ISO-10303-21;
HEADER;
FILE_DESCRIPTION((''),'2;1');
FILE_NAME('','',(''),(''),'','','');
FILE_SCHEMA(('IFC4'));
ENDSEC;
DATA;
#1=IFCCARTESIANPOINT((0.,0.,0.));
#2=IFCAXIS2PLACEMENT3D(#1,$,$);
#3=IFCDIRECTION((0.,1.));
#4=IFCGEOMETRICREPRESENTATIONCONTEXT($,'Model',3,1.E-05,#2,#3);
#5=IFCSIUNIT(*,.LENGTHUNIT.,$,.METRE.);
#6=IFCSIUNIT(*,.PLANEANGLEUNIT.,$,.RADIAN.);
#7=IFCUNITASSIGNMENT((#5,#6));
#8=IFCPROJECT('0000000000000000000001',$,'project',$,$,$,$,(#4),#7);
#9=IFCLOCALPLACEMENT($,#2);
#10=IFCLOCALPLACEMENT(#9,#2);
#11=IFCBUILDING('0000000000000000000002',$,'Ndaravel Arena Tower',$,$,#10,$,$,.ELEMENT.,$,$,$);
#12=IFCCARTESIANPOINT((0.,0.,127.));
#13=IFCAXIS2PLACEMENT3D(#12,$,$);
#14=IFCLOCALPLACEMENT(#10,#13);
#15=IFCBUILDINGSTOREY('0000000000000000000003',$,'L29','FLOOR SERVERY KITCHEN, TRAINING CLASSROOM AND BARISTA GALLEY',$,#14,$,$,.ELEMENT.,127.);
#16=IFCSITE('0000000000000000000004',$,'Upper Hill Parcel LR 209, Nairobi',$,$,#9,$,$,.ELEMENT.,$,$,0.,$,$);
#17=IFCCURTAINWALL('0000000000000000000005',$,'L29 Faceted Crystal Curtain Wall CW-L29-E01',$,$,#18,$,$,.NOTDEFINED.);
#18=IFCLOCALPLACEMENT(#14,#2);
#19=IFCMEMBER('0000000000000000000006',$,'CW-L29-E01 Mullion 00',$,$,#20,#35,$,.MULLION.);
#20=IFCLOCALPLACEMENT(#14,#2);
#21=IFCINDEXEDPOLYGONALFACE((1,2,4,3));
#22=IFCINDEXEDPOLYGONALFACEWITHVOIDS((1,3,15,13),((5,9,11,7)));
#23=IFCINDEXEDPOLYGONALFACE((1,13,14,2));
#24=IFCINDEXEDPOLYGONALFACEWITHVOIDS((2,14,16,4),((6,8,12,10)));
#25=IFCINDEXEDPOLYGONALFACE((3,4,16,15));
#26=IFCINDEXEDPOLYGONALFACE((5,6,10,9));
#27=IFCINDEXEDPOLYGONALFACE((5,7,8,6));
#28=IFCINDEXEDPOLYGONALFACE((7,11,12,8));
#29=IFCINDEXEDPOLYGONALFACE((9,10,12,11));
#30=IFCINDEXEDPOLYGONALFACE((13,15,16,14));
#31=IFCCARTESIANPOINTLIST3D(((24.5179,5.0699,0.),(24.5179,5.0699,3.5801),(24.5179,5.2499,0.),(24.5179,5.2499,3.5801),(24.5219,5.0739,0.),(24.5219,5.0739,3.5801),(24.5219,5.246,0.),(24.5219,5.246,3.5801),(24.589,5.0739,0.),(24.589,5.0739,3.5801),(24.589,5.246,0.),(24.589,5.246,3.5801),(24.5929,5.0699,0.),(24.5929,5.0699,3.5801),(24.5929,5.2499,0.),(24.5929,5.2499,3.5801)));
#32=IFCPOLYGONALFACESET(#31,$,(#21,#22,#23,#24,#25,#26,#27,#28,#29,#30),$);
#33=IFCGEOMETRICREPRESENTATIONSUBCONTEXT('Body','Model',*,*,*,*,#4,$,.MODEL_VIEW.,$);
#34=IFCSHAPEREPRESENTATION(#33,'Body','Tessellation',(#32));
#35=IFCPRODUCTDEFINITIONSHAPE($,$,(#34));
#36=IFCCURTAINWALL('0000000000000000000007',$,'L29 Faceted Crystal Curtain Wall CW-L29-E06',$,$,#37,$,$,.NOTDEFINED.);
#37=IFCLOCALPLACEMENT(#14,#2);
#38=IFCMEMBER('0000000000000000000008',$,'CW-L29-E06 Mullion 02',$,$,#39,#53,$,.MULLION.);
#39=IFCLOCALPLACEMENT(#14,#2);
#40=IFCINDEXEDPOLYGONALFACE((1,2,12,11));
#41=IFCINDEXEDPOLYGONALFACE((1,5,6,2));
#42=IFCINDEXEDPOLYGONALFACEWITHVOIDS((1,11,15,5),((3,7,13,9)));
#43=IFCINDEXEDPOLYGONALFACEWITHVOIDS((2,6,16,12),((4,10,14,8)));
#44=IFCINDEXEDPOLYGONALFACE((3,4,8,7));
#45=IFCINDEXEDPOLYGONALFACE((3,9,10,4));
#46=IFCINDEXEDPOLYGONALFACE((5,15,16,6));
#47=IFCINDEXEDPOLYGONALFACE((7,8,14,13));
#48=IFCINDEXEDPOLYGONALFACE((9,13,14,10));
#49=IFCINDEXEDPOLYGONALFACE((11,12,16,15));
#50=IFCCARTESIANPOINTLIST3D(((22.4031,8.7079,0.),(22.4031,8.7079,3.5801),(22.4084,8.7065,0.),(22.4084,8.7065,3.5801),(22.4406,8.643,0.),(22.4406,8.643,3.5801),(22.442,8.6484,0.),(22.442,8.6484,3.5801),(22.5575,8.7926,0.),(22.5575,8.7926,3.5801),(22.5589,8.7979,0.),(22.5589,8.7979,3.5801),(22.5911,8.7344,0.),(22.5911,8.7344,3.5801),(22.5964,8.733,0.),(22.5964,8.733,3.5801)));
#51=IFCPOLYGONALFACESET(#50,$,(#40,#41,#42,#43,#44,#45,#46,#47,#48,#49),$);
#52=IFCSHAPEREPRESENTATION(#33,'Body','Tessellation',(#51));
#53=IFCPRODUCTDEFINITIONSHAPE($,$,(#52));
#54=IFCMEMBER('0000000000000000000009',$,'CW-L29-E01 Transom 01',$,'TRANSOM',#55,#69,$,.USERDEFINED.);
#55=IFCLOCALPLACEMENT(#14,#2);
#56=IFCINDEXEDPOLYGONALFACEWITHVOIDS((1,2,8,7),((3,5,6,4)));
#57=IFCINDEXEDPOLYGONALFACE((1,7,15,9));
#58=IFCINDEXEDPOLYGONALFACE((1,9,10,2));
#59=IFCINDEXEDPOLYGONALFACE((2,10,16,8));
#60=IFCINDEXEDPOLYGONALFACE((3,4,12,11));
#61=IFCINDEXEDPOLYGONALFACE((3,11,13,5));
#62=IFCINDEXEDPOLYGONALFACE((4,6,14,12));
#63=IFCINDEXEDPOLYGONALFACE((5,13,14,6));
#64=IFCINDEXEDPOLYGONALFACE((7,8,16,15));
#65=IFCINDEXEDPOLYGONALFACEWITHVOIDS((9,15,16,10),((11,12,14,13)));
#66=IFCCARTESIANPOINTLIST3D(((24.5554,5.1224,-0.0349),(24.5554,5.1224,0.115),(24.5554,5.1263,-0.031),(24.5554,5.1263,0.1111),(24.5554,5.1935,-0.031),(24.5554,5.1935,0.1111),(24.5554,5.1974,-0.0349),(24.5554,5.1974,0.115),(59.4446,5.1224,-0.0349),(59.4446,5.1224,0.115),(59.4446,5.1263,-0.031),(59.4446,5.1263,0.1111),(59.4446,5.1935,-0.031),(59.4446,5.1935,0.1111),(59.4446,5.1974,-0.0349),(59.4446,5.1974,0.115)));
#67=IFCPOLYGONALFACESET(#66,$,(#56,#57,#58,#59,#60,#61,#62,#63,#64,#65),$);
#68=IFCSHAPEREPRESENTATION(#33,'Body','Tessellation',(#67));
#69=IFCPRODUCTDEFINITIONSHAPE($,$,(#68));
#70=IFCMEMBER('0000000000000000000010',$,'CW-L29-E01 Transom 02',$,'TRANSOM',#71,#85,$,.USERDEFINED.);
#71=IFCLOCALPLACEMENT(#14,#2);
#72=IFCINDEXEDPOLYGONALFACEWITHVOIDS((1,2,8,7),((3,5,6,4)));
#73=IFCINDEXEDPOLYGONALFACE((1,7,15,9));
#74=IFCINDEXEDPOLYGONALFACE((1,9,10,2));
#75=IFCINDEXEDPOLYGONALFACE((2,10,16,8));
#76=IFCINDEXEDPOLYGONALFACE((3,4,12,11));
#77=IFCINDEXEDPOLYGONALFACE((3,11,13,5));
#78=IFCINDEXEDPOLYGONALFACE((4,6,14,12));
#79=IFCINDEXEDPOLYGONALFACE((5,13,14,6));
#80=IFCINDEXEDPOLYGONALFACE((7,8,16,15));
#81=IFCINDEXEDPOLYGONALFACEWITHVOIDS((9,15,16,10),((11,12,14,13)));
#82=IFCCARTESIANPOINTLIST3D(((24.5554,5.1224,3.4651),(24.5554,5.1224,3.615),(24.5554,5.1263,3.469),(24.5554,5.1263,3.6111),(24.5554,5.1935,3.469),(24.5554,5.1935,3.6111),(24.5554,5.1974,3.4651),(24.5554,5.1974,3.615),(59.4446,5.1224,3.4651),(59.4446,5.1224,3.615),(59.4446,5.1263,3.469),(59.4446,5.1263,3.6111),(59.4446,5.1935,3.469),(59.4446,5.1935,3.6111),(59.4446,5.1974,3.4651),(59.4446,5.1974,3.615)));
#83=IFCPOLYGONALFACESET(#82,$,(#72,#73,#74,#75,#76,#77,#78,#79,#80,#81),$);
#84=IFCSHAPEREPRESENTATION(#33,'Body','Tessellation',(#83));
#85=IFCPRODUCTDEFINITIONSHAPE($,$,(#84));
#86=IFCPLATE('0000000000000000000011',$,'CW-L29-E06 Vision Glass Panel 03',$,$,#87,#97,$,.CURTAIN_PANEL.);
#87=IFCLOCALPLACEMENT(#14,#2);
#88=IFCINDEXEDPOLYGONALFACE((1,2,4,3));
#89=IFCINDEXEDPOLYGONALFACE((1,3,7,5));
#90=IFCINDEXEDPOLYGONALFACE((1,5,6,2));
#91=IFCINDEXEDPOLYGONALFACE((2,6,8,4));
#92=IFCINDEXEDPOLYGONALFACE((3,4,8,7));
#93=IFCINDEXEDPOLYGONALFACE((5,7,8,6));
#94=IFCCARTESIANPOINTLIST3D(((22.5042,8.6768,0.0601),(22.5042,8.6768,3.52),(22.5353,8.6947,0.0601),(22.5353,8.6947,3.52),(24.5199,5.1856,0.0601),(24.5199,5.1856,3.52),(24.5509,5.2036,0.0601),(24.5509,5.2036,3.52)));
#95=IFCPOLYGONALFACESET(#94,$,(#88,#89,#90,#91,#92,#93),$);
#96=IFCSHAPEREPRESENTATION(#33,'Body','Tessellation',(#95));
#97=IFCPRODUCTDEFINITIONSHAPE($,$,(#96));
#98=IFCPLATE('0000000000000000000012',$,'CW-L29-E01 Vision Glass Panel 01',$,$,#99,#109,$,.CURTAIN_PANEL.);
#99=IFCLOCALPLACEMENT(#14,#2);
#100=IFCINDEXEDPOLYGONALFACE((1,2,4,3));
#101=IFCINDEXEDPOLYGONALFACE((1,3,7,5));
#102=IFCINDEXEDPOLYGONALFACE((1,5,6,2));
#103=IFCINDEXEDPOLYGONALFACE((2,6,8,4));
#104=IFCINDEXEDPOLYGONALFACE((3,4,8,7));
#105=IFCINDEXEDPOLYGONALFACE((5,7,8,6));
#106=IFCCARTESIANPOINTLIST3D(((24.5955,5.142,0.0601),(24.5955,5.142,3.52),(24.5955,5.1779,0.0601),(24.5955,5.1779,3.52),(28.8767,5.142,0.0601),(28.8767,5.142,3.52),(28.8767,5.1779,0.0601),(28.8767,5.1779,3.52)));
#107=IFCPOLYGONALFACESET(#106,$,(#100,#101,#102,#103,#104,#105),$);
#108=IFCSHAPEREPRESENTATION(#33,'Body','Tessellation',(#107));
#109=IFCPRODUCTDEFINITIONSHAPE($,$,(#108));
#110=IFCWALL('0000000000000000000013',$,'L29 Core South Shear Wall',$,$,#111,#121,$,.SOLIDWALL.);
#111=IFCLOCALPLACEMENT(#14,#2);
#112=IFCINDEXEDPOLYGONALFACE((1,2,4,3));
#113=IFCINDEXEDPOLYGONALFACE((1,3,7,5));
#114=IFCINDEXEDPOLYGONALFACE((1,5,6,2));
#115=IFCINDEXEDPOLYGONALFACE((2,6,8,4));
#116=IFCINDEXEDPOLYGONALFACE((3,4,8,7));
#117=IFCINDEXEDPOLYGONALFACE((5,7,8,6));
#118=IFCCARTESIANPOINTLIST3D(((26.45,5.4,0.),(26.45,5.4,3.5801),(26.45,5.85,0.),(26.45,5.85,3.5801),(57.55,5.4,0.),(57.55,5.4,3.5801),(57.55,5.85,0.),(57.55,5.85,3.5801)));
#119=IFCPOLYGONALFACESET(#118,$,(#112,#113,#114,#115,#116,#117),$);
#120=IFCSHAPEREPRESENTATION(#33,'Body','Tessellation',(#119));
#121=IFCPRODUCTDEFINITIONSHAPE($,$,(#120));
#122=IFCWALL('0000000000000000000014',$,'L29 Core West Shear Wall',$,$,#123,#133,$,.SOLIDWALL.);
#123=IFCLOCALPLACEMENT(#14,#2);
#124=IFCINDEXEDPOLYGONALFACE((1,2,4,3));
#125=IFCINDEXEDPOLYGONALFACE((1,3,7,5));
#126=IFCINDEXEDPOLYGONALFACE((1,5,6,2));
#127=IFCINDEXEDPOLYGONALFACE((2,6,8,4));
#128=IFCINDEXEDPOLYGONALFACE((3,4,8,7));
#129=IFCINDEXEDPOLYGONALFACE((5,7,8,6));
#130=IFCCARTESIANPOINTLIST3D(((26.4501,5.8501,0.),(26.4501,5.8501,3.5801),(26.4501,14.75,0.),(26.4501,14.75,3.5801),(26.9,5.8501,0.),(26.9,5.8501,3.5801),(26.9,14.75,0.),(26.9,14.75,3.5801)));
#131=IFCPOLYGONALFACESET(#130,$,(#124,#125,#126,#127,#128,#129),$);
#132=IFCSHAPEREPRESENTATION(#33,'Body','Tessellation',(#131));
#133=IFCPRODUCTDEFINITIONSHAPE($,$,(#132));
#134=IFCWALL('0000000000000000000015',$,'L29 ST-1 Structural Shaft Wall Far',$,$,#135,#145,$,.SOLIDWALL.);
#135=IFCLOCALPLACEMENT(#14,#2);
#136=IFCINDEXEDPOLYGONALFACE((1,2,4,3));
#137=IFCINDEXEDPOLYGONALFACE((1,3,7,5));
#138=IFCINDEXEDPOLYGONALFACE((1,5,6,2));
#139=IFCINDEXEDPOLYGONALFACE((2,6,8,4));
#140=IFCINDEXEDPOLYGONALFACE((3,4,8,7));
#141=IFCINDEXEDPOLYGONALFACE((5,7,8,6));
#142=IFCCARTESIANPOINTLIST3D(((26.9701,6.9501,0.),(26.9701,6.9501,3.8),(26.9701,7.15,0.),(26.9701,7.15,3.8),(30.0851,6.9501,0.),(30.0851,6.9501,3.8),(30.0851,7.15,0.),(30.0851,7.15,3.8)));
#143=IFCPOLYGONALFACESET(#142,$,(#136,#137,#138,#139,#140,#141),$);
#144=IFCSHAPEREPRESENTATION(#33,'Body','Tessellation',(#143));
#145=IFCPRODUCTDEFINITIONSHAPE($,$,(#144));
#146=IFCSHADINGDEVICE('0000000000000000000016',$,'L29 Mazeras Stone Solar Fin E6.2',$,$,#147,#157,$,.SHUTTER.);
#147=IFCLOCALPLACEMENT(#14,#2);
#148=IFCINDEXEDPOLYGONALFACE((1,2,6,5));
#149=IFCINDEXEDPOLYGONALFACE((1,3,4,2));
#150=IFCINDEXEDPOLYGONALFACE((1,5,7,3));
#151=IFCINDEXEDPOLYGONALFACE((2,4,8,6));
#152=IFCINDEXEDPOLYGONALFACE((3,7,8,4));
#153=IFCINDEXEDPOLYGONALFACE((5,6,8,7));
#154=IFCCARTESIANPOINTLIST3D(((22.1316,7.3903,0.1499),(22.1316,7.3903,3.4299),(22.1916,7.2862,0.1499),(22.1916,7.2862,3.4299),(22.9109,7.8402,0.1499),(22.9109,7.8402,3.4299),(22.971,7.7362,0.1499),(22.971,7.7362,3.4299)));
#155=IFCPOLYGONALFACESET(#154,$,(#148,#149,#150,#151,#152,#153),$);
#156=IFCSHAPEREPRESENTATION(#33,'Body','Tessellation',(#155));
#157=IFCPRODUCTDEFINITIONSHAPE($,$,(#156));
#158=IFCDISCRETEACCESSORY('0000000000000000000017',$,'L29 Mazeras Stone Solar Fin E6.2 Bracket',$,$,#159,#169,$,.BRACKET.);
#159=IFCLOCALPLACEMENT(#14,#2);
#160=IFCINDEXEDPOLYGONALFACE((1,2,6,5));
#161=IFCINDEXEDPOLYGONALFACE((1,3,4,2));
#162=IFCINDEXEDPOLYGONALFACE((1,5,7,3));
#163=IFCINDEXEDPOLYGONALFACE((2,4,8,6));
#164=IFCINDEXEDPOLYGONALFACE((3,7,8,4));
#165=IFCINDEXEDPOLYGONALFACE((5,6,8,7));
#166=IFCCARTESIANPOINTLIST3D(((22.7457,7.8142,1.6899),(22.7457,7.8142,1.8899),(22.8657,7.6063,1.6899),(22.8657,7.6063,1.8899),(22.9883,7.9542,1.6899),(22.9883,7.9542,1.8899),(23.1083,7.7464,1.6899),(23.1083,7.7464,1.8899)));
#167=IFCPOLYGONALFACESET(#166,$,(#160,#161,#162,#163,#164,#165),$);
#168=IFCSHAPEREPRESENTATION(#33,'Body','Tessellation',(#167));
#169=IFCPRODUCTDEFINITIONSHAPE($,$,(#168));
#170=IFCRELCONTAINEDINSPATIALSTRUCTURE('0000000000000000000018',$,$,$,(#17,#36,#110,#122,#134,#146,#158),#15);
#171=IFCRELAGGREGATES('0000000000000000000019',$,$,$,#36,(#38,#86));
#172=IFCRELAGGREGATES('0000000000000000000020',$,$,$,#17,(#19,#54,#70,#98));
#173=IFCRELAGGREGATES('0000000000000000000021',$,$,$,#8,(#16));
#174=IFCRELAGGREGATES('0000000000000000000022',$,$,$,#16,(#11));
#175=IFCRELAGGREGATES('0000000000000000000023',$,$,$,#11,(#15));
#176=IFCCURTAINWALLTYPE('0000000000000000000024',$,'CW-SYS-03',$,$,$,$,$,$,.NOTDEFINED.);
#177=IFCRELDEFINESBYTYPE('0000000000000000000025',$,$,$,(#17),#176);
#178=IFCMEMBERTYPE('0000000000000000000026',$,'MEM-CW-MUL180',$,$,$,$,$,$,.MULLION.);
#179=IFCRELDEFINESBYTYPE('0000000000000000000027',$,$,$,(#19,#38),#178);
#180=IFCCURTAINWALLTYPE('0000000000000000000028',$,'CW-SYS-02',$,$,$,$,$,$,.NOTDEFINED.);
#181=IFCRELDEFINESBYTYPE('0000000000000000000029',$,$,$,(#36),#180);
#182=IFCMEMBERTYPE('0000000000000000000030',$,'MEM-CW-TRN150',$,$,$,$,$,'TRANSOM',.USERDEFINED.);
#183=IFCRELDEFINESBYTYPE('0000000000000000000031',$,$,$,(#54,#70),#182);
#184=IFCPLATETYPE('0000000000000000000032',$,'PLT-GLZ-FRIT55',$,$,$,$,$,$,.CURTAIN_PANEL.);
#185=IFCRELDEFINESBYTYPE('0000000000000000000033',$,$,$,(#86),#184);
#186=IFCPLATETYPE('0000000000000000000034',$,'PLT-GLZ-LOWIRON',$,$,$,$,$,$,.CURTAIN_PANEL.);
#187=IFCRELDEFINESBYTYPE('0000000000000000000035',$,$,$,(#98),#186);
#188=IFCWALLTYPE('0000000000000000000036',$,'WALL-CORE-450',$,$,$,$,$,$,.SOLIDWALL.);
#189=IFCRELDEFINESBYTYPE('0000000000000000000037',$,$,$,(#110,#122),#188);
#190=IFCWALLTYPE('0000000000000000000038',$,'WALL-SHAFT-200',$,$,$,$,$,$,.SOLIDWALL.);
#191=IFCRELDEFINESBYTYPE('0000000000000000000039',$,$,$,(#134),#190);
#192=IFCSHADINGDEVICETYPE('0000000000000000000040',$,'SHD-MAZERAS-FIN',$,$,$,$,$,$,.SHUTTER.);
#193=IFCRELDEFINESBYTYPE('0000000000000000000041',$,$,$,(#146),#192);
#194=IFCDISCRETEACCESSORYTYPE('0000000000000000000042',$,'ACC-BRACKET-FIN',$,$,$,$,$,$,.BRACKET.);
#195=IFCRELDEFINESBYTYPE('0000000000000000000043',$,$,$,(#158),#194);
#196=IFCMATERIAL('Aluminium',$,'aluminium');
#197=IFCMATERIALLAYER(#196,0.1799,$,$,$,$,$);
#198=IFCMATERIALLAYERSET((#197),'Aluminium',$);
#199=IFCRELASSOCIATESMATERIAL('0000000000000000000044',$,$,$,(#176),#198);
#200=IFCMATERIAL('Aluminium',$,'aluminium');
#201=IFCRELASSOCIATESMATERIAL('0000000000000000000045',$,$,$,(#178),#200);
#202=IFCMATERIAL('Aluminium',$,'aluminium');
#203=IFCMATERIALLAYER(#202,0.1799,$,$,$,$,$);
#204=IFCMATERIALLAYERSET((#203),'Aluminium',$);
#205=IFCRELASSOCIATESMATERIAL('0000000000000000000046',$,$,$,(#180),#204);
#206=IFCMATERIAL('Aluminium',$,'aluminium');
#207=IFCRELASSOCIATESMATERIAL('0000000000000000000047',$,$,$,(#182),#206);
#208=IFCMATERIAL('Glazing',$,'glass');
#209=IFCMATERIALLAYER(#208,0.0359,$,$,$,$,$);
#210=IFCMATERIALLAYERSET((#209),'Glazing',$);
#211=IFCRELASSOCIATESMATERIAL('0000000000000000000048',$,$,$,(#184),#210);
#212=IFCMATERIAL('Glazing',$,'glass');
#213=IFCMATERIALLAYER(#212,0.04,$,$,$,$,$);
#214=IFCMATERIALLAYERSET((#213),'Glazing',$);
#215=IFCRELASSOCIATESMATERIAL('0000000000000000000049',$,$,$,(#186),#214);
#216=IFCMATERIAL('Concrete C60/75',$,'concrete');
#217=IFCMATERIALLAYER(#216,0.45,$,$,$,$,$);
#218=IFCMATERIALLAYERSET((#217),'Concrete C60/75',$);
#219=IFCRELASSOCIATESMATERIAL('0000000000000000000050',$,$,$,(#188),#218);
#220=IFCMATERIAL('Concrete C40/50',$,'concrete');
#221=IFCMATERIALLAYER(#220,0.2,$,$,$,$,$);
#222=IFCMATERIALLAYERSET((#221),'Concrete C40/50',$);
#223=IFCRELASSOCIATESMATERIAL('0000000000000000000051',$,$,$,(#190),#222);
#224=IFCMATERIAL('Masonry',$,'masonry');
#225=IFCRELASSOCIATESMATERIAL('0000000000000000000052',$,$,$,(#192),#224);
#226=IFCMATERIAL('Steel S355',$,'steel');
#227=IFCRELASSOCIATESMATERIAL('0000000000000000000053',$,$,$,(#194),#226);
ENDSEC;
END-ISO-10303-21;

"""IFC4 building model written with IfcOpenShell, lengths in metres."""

from ifc_helpers import new_model, si_unit, direction, frame, frame_2d, origin, origin_2d, place, context, subcontext, project, spatial, rectangle, hollow_rectangle, extrude, material, layer, layer_set, material_profile, profile_set, type_object, element, aggregate, save


model = new_model("IFC4")

# Units and contexts
model_context = context("Model", 3, precision=1e-05, world=origin(), true_north=direction((0.0, 1.0)))
body_context = subcontext(model_context, "Body", "Model", "MODEL_VIEW")
ifc_project = project(units=[si_unit("LENGTHUNIT", "METRE"), si_unit("PLANEANGLEUNIT", "RADIAN")], contexts=[model_context])

# Site, building, storey
site_placement = place(None, origin())
site = spatial("IfcSite", under=ifc_project, at=site_placement, Name="Upper Hill Parcel LR 209, Nairobi", CompositionType="ELEMENT", RefElevation=0.0)
building_placement = place(site_placement, origin())
building = spatial("IfcBuilding", under=site, at=building_placement, Name="Ndaravel Arena Tower", CompositionType="ELEMENT")
storey_placement = place(building_placement, frame((0.0, 0.0, 127.0)))
storey = spatial("IfcBuildingStorey", under=building, at=storey_placement, Name="L29", Description="FLOOR SERVERY KITCHEN, TRAINING CLASSROOM AND BARISTA GALLEY", CompositionType="ELEMENT", Elevation=127.0)

# Curtain walls, members
ifc_material_1 = material(Name="Aluminium", Category="aluminium")
ifc_layer_1 = layer(ifc_material_1, 0.1799)
ifc_layer_set_1 = layer_set([ifc_layer_1], Name="Aluminium")
curtain_wall_type_1 = type_object("IfcCurtainWallType", Name="CW-SYS-03", PredefinedType="NOTDEFINED", material=ifc_layer_set_1)
curtain_wall_1_placement = place(storey_placement, origin())
curtain_wall_1 = element("IfcCurtainWall", 1, at=curtain_wall_1_placement, inside=storey, type_object=curtain_wall_type_1, Name="L29 Faceted Crystal Curtain Wall CW-L29-E01", PredefinedType="NOTDEFINED")
ifc_material_2 = material(Name="Aluminium", Category="aluminium")
ifc_material_profile_1 = material_profile(ifc_material_2, hollow_rectangle(XDim=0.075, YDim=0.1799, WallThickness=0.0039, at=origin_2d()), Name="CW MULLION 75x180x4")
ifc_profile_set_1 = profile_set([ifc_material_profile_1], Name="Aluminium")
member_type_1 = type_object("IfcMemberType", Name="MEM-CW-MUL180", PredefinedType="MULLION", material=ifc_profile_set_1)
member_1_placement = place(storey_placement, frame((24.5554, 5.1599, 0.0), z_axis=(0.0, 0.0, 1.0), x_axis=(1.0, 0.0, 0.0)))
member_1 = element("IfcMember", 2, at=member_1_placement, type_object=member_type_1, Name="CW-L29-E01 Mullion 00", PredefinedType="MULLION", context=body_context, shape_type="SweptSolid", body=[
    extrude(hollow_rectangle(XDim=0.075, YDim=0.1799, WallThickness=0.0039, at=origin_2d()), origin(), (0.0, 0.0, 1.0), 3.5801),
])
ifc_material_3 = material(Name="Aluminium", Category="aluminium")
ifc_layer_2 = layer(ifc_material_3, 0.1799)
ifc_layer_set_2 = layer_set([ifc_layer_2], Name="Aluminium")
curtain_wall_type_2 = type_object("IfcCurtainWallType", Name="CW-SYS-02", PredefinedType="NOTDEFINED", material=ifc_layer_set_2)
curtain_wall_2_placement = place(storey_placement, origin())
curtain_wall_2 = element("IfcCurtainWall", 3, at=curtain_wall_2_placement, inside=storey, type_object=curtain_wall_type_2, Name="L29 Faceted Crystal Curtain Wall CW-L29-E06", PredefinedType="NOTDEFINED")
member_2_placement = place(storey_placement, frame((22.4998, 8.7205, 0.0), z_axis=(0.0, 0.0, 1.0), x_axis=(0.5, -0.866025, 0.0)))
member_2 = element("IfcMember", 4, at=member_2_placement, type_object=member_type_1, Name="CW-L29-E06 Mullion 02", PredefinedType="MULLION", context=body_context, shape_type="SweptSolid", body=[
    extrude(hollow_rectangle(XDim=0.075, YDim=0.1799, WallThickness=0.0039, at=origin_2d()), origin(), (0.0, 0.0, 1.0), 3.5801),
])

# Members
ifc_material_4 = material(Name="Aluminium", Category="aluminium")
ifc_material_profile_2 = material_profile(ifc_material_4, hollow_rectangle(XDim=0.075, YDim=0.1499, WallThickness=0.0039, at=origin_2d()), Name="CW TRANSOM 75x150x4")
ifc_profile_set_2 = profile_set([ifc_material_profile_2], Name="Aluminium")
member_type_2 = type_object("IfcMemberType", Name="MEM-CW-TRN150", ElementType="TRANSOM", PredefinedType="USERDEFINED", material=ifc_profile_set_2)
member_3_placement = place(storey_placement, frame((24.5554, 5.1599, 0.04), z_axis=(1.0, 0.0, 0.0), x_axis=(0.0, 1.0, 0.0)))
member_3 = element("IfcMember", 5, at=member_3_placement, type_object=member_type_2, Name="CW-L29-E01 Transom 01", ObjectType="TRANSOM", PredefinedType="USERDEFINED", context=body_context, shape_type="SweptSolid", body=[
    extrude(hollow_rectangle(XDim=0.075, YDim=0.1499, WallThickness=0.0039, at=origin_2d()), origin(), (0.0, 0.0, 1.0), 34.8892),
])
member_4_placement = place(storey_placement, frame((24.5554, 5.1599, 3.54), z_axis=(1.0, 0.0, 0.0), x_axis=(0.0, 1.0, 0.0)))
member_4 = element("IfcMember", 6, at=member_4_placement, type_object=member_type_2, Name="CW-L29-E01 Transom 02", ObjectType="TRANSOM", PredefinedType="USERDEFINED", context=body_context, shape_type="SweptSolid", body=[
    extrude(hollow_rectangle(XDim=0.075, YDim=0.1499, WallThickness=0.0039, at=origin_2d()), origin(), (0.0, 0.0, 1.0), 34.8892),
])

# Plates
ifc_material_5 = material(Name="Glazing", Category="glass")
ifc_layer_3 = layer(ifc_material_5, 0.0359)
ifc_layer_set_3 = layer_set([ifc_layer_3], Name="Glazing")
plate_type_1 = type_object("IfcPlateType", Name="PLT-GLZ-FRIT55", PredefinedType="CURTAIN_PANEL", material=ifc_layer_set_3)
plate_1_placement = place(storey_placement, frame((23.5276, 6.9402, 0.0601), z_axis=(0.0, 0.0, 1.0), x_axis=(0.5, -0.866025, 0.0)))
plate_1 = element("IfcPlate", 7, at=plate_1_placement, type_object=plate_type_1, Name="CW-L29-E06 Vision Glass Panel 03", PredefinedType="CURTAIN_PANEL", context=body_context, shape_type="SweptSolid", body=[
    extrude(rectangle(XDim=4.0312, YDim=0.0359, at=origin_2d()), origin(), (0.0, 0.0, 1.0), 3.46),
])
aggregate(curtain_wall_2, [member_2, plate_1])
ifc_material_6 = material(Name="Glazing", Category="glass")
ifc_layer_4 = layer(ifc_material_6, 0.04)
ifc_layer_set_4 = layer_set([ifc_layer_4], Name="Glazing")
plate_type_2 = type_object("IfcPlateType", Name="PLT-GLZ-LOWIRON", PredefinedType="CURTAIN_PANEL", material=ifc_layer_set_4)
plate_2_placement = place(storey_placement, frame((26.7361, 5.1599, 0.0601), z_axis=(0.0, 0.0, 1.0), x_axis=(1.0, 0.0, 0.0)))
plate_2 = element("IfcPlate", 8, at=plate_2_placement, type_object=plate_type_2, Name="CW-L29-E01 Vision Glass Panel 01", PredefinedType="CURTAIN_PANEL", context=body_context, shape_type="SweptSolid", body=[
    extrude(rectangle(XDim=4.2812, YDim=0.0359, at=origin_2d()), origin(), (0.0, 0.0, 1.0), 3.46),
])
aggregate(curtain_wall_1, [member_1, member_3, member_4, plate_2])

# Shared definitions
ifc_material_7 = material(Name="Concrete C60/75", Category="concrete")
ifc_layer_5 = layer(ifc_material_7, 0.45)
ifc_layer_set_5 = layer_set([ifc_layer_5], Name="Concrete C60/75")
wall_type_1 = type_object("IfcWallType", Name="WALL-CORE-450", PredefinedType="SOLIDWALL", material=ifc_layer_set_5)

# Walls
wall_1_placement = place(storey_placement, frame((26.45, 5.625, 0.0), z_axis=(0.0, 0.0, 1.0), x_axis=(1.0, 0.0, 0.0)))
element("IfcWall", 9, at=wall_1_placement, inside=storey, type_object=wall_type_1, Name="L29 Core South Shear Wall", PredefinedType="SOLIDWALL", context=body_context, shape_type="SweptSolid", body=[
    extrude(rectangle(XDim=31.1001, YDim=0.45, at=frame_2d((15.55, 0.0))), origin(), (0.0, 0.0, 1.0), 3.5801),
])
wall_2_placement = place(storey_placement, frame((26.675, 5.8501, 0.0), z_axis=(0.0, 0.0, 1.0), x_axis=(0.0, 1.0, 0.0)))
element("IfcWall", 10, at=wall_2_placement, inside=storey, type_object=wall_type_1, Name="L29 Core West Shear Wall", PredefinedType="SOLIDWALL", context=body_context, shape_type="SweptSolid", body=[
    extrude(rectangle(XDim=8.8999, YDim=0.45, at=frame_2d((4.45, 0.0))), origin(), (0.0, 0.0, 1.0), 3.5801),
])
ifc_material_8 = material(Name="Concrete C40/50", Category="concrete")
ifc_layer_6 = layer(ifc_material_8, 0.2)
ifc_layer_set_6 = layer_set([ifc_layer_6], Name="Concrete C40/50")
wall_type_2 = type_object("IfcWallType", Name="WALL-SHAFT-200", PredefinedType="SOLIDWALL", material=ifc_layer_set_6)
wall_3_placement = place(storey_placement, frame((26.97, 7.05, 0.0), z_axis=(0.0, 0.0, 1.0), x_axis=(1.0, 0.0, 0.0)))
element("IfcWall", 11, at=wall_3_placement, inside=storey, type_object=wall_type_2, Name="L29 ST-1 Structural Shaft Wall Far", PredefinedType="SOLIDWALL", context=body_context, shape_type="SweptSolid", body=[
    extrude(rectangle(XDim=3.115, YDim=0.2, at=frame_2d((1.5576, 0.0))), origin(), (0.0, 0.0, 1.0), 3.8),
])

# Shading device
ifc_material_9 = material(Name="Masonry", Category="masonry")
shading_device_type = type_object("IfcShadingDeviceType", Name="SHD-MAZERAS-FIN", PredefinedType="SHUTTER", material=ifc_material_9)
shading_device_placement = place(storey_placement, frame((22.5513, 7.5632, 0.1499), z_axis=(0.0, 0.0, 1.0), x_axis=(-0.866025, -0.5, 0.0)))
element("IfcShadingDevice", 12, at=shading_device_placement, inside=storey, type_object=shading_device_type, Name="L29 Mazeras Stone Solar Fin E6.2", PredefinedType="SHUTTER", context=body_context, shape_type="SweptSolid", body=[
    extrude(rectangle(XDim=0.8999, YDim=0.1201, at=origin_2d()), origin(), (0.0, 0.0, 1.0), 3.28),
])

# Discrete accessory
ifc_material_10 = material(Name="Steel S355", Category="steel")
discrete_accessory_type = type_object("IfcDiscreteAccessoryType", Name="ACC-BRACKET-FIN", PredefinedType="BRACKET", material=ifc_material_10)
discrete_accessory_placement = place(storey_placement, frame((22.927, 7.7803, 1.6899), z_axis=(0.0, 0.0, 1.0), x_axis=(-0.866025, -0.5, 0.0)))
element("IfcDiscreteAccessory", 13, at=discrete_accessory_placement, inside=storey, type_object=discrete_accessory_type, Name="L29 Mazeras Stone Solar Fin E6.2 Bracket", PredefinedType="BRACKET", context=body_context, shape_type="SweptSolid", body=[
    extrude(rectangle(XDim=0.28, YDim=0.24, at=origin_2d()), origin(), (0.0, 0.0, 1.0), 0.2),
])

save(model, "model.ifc")
